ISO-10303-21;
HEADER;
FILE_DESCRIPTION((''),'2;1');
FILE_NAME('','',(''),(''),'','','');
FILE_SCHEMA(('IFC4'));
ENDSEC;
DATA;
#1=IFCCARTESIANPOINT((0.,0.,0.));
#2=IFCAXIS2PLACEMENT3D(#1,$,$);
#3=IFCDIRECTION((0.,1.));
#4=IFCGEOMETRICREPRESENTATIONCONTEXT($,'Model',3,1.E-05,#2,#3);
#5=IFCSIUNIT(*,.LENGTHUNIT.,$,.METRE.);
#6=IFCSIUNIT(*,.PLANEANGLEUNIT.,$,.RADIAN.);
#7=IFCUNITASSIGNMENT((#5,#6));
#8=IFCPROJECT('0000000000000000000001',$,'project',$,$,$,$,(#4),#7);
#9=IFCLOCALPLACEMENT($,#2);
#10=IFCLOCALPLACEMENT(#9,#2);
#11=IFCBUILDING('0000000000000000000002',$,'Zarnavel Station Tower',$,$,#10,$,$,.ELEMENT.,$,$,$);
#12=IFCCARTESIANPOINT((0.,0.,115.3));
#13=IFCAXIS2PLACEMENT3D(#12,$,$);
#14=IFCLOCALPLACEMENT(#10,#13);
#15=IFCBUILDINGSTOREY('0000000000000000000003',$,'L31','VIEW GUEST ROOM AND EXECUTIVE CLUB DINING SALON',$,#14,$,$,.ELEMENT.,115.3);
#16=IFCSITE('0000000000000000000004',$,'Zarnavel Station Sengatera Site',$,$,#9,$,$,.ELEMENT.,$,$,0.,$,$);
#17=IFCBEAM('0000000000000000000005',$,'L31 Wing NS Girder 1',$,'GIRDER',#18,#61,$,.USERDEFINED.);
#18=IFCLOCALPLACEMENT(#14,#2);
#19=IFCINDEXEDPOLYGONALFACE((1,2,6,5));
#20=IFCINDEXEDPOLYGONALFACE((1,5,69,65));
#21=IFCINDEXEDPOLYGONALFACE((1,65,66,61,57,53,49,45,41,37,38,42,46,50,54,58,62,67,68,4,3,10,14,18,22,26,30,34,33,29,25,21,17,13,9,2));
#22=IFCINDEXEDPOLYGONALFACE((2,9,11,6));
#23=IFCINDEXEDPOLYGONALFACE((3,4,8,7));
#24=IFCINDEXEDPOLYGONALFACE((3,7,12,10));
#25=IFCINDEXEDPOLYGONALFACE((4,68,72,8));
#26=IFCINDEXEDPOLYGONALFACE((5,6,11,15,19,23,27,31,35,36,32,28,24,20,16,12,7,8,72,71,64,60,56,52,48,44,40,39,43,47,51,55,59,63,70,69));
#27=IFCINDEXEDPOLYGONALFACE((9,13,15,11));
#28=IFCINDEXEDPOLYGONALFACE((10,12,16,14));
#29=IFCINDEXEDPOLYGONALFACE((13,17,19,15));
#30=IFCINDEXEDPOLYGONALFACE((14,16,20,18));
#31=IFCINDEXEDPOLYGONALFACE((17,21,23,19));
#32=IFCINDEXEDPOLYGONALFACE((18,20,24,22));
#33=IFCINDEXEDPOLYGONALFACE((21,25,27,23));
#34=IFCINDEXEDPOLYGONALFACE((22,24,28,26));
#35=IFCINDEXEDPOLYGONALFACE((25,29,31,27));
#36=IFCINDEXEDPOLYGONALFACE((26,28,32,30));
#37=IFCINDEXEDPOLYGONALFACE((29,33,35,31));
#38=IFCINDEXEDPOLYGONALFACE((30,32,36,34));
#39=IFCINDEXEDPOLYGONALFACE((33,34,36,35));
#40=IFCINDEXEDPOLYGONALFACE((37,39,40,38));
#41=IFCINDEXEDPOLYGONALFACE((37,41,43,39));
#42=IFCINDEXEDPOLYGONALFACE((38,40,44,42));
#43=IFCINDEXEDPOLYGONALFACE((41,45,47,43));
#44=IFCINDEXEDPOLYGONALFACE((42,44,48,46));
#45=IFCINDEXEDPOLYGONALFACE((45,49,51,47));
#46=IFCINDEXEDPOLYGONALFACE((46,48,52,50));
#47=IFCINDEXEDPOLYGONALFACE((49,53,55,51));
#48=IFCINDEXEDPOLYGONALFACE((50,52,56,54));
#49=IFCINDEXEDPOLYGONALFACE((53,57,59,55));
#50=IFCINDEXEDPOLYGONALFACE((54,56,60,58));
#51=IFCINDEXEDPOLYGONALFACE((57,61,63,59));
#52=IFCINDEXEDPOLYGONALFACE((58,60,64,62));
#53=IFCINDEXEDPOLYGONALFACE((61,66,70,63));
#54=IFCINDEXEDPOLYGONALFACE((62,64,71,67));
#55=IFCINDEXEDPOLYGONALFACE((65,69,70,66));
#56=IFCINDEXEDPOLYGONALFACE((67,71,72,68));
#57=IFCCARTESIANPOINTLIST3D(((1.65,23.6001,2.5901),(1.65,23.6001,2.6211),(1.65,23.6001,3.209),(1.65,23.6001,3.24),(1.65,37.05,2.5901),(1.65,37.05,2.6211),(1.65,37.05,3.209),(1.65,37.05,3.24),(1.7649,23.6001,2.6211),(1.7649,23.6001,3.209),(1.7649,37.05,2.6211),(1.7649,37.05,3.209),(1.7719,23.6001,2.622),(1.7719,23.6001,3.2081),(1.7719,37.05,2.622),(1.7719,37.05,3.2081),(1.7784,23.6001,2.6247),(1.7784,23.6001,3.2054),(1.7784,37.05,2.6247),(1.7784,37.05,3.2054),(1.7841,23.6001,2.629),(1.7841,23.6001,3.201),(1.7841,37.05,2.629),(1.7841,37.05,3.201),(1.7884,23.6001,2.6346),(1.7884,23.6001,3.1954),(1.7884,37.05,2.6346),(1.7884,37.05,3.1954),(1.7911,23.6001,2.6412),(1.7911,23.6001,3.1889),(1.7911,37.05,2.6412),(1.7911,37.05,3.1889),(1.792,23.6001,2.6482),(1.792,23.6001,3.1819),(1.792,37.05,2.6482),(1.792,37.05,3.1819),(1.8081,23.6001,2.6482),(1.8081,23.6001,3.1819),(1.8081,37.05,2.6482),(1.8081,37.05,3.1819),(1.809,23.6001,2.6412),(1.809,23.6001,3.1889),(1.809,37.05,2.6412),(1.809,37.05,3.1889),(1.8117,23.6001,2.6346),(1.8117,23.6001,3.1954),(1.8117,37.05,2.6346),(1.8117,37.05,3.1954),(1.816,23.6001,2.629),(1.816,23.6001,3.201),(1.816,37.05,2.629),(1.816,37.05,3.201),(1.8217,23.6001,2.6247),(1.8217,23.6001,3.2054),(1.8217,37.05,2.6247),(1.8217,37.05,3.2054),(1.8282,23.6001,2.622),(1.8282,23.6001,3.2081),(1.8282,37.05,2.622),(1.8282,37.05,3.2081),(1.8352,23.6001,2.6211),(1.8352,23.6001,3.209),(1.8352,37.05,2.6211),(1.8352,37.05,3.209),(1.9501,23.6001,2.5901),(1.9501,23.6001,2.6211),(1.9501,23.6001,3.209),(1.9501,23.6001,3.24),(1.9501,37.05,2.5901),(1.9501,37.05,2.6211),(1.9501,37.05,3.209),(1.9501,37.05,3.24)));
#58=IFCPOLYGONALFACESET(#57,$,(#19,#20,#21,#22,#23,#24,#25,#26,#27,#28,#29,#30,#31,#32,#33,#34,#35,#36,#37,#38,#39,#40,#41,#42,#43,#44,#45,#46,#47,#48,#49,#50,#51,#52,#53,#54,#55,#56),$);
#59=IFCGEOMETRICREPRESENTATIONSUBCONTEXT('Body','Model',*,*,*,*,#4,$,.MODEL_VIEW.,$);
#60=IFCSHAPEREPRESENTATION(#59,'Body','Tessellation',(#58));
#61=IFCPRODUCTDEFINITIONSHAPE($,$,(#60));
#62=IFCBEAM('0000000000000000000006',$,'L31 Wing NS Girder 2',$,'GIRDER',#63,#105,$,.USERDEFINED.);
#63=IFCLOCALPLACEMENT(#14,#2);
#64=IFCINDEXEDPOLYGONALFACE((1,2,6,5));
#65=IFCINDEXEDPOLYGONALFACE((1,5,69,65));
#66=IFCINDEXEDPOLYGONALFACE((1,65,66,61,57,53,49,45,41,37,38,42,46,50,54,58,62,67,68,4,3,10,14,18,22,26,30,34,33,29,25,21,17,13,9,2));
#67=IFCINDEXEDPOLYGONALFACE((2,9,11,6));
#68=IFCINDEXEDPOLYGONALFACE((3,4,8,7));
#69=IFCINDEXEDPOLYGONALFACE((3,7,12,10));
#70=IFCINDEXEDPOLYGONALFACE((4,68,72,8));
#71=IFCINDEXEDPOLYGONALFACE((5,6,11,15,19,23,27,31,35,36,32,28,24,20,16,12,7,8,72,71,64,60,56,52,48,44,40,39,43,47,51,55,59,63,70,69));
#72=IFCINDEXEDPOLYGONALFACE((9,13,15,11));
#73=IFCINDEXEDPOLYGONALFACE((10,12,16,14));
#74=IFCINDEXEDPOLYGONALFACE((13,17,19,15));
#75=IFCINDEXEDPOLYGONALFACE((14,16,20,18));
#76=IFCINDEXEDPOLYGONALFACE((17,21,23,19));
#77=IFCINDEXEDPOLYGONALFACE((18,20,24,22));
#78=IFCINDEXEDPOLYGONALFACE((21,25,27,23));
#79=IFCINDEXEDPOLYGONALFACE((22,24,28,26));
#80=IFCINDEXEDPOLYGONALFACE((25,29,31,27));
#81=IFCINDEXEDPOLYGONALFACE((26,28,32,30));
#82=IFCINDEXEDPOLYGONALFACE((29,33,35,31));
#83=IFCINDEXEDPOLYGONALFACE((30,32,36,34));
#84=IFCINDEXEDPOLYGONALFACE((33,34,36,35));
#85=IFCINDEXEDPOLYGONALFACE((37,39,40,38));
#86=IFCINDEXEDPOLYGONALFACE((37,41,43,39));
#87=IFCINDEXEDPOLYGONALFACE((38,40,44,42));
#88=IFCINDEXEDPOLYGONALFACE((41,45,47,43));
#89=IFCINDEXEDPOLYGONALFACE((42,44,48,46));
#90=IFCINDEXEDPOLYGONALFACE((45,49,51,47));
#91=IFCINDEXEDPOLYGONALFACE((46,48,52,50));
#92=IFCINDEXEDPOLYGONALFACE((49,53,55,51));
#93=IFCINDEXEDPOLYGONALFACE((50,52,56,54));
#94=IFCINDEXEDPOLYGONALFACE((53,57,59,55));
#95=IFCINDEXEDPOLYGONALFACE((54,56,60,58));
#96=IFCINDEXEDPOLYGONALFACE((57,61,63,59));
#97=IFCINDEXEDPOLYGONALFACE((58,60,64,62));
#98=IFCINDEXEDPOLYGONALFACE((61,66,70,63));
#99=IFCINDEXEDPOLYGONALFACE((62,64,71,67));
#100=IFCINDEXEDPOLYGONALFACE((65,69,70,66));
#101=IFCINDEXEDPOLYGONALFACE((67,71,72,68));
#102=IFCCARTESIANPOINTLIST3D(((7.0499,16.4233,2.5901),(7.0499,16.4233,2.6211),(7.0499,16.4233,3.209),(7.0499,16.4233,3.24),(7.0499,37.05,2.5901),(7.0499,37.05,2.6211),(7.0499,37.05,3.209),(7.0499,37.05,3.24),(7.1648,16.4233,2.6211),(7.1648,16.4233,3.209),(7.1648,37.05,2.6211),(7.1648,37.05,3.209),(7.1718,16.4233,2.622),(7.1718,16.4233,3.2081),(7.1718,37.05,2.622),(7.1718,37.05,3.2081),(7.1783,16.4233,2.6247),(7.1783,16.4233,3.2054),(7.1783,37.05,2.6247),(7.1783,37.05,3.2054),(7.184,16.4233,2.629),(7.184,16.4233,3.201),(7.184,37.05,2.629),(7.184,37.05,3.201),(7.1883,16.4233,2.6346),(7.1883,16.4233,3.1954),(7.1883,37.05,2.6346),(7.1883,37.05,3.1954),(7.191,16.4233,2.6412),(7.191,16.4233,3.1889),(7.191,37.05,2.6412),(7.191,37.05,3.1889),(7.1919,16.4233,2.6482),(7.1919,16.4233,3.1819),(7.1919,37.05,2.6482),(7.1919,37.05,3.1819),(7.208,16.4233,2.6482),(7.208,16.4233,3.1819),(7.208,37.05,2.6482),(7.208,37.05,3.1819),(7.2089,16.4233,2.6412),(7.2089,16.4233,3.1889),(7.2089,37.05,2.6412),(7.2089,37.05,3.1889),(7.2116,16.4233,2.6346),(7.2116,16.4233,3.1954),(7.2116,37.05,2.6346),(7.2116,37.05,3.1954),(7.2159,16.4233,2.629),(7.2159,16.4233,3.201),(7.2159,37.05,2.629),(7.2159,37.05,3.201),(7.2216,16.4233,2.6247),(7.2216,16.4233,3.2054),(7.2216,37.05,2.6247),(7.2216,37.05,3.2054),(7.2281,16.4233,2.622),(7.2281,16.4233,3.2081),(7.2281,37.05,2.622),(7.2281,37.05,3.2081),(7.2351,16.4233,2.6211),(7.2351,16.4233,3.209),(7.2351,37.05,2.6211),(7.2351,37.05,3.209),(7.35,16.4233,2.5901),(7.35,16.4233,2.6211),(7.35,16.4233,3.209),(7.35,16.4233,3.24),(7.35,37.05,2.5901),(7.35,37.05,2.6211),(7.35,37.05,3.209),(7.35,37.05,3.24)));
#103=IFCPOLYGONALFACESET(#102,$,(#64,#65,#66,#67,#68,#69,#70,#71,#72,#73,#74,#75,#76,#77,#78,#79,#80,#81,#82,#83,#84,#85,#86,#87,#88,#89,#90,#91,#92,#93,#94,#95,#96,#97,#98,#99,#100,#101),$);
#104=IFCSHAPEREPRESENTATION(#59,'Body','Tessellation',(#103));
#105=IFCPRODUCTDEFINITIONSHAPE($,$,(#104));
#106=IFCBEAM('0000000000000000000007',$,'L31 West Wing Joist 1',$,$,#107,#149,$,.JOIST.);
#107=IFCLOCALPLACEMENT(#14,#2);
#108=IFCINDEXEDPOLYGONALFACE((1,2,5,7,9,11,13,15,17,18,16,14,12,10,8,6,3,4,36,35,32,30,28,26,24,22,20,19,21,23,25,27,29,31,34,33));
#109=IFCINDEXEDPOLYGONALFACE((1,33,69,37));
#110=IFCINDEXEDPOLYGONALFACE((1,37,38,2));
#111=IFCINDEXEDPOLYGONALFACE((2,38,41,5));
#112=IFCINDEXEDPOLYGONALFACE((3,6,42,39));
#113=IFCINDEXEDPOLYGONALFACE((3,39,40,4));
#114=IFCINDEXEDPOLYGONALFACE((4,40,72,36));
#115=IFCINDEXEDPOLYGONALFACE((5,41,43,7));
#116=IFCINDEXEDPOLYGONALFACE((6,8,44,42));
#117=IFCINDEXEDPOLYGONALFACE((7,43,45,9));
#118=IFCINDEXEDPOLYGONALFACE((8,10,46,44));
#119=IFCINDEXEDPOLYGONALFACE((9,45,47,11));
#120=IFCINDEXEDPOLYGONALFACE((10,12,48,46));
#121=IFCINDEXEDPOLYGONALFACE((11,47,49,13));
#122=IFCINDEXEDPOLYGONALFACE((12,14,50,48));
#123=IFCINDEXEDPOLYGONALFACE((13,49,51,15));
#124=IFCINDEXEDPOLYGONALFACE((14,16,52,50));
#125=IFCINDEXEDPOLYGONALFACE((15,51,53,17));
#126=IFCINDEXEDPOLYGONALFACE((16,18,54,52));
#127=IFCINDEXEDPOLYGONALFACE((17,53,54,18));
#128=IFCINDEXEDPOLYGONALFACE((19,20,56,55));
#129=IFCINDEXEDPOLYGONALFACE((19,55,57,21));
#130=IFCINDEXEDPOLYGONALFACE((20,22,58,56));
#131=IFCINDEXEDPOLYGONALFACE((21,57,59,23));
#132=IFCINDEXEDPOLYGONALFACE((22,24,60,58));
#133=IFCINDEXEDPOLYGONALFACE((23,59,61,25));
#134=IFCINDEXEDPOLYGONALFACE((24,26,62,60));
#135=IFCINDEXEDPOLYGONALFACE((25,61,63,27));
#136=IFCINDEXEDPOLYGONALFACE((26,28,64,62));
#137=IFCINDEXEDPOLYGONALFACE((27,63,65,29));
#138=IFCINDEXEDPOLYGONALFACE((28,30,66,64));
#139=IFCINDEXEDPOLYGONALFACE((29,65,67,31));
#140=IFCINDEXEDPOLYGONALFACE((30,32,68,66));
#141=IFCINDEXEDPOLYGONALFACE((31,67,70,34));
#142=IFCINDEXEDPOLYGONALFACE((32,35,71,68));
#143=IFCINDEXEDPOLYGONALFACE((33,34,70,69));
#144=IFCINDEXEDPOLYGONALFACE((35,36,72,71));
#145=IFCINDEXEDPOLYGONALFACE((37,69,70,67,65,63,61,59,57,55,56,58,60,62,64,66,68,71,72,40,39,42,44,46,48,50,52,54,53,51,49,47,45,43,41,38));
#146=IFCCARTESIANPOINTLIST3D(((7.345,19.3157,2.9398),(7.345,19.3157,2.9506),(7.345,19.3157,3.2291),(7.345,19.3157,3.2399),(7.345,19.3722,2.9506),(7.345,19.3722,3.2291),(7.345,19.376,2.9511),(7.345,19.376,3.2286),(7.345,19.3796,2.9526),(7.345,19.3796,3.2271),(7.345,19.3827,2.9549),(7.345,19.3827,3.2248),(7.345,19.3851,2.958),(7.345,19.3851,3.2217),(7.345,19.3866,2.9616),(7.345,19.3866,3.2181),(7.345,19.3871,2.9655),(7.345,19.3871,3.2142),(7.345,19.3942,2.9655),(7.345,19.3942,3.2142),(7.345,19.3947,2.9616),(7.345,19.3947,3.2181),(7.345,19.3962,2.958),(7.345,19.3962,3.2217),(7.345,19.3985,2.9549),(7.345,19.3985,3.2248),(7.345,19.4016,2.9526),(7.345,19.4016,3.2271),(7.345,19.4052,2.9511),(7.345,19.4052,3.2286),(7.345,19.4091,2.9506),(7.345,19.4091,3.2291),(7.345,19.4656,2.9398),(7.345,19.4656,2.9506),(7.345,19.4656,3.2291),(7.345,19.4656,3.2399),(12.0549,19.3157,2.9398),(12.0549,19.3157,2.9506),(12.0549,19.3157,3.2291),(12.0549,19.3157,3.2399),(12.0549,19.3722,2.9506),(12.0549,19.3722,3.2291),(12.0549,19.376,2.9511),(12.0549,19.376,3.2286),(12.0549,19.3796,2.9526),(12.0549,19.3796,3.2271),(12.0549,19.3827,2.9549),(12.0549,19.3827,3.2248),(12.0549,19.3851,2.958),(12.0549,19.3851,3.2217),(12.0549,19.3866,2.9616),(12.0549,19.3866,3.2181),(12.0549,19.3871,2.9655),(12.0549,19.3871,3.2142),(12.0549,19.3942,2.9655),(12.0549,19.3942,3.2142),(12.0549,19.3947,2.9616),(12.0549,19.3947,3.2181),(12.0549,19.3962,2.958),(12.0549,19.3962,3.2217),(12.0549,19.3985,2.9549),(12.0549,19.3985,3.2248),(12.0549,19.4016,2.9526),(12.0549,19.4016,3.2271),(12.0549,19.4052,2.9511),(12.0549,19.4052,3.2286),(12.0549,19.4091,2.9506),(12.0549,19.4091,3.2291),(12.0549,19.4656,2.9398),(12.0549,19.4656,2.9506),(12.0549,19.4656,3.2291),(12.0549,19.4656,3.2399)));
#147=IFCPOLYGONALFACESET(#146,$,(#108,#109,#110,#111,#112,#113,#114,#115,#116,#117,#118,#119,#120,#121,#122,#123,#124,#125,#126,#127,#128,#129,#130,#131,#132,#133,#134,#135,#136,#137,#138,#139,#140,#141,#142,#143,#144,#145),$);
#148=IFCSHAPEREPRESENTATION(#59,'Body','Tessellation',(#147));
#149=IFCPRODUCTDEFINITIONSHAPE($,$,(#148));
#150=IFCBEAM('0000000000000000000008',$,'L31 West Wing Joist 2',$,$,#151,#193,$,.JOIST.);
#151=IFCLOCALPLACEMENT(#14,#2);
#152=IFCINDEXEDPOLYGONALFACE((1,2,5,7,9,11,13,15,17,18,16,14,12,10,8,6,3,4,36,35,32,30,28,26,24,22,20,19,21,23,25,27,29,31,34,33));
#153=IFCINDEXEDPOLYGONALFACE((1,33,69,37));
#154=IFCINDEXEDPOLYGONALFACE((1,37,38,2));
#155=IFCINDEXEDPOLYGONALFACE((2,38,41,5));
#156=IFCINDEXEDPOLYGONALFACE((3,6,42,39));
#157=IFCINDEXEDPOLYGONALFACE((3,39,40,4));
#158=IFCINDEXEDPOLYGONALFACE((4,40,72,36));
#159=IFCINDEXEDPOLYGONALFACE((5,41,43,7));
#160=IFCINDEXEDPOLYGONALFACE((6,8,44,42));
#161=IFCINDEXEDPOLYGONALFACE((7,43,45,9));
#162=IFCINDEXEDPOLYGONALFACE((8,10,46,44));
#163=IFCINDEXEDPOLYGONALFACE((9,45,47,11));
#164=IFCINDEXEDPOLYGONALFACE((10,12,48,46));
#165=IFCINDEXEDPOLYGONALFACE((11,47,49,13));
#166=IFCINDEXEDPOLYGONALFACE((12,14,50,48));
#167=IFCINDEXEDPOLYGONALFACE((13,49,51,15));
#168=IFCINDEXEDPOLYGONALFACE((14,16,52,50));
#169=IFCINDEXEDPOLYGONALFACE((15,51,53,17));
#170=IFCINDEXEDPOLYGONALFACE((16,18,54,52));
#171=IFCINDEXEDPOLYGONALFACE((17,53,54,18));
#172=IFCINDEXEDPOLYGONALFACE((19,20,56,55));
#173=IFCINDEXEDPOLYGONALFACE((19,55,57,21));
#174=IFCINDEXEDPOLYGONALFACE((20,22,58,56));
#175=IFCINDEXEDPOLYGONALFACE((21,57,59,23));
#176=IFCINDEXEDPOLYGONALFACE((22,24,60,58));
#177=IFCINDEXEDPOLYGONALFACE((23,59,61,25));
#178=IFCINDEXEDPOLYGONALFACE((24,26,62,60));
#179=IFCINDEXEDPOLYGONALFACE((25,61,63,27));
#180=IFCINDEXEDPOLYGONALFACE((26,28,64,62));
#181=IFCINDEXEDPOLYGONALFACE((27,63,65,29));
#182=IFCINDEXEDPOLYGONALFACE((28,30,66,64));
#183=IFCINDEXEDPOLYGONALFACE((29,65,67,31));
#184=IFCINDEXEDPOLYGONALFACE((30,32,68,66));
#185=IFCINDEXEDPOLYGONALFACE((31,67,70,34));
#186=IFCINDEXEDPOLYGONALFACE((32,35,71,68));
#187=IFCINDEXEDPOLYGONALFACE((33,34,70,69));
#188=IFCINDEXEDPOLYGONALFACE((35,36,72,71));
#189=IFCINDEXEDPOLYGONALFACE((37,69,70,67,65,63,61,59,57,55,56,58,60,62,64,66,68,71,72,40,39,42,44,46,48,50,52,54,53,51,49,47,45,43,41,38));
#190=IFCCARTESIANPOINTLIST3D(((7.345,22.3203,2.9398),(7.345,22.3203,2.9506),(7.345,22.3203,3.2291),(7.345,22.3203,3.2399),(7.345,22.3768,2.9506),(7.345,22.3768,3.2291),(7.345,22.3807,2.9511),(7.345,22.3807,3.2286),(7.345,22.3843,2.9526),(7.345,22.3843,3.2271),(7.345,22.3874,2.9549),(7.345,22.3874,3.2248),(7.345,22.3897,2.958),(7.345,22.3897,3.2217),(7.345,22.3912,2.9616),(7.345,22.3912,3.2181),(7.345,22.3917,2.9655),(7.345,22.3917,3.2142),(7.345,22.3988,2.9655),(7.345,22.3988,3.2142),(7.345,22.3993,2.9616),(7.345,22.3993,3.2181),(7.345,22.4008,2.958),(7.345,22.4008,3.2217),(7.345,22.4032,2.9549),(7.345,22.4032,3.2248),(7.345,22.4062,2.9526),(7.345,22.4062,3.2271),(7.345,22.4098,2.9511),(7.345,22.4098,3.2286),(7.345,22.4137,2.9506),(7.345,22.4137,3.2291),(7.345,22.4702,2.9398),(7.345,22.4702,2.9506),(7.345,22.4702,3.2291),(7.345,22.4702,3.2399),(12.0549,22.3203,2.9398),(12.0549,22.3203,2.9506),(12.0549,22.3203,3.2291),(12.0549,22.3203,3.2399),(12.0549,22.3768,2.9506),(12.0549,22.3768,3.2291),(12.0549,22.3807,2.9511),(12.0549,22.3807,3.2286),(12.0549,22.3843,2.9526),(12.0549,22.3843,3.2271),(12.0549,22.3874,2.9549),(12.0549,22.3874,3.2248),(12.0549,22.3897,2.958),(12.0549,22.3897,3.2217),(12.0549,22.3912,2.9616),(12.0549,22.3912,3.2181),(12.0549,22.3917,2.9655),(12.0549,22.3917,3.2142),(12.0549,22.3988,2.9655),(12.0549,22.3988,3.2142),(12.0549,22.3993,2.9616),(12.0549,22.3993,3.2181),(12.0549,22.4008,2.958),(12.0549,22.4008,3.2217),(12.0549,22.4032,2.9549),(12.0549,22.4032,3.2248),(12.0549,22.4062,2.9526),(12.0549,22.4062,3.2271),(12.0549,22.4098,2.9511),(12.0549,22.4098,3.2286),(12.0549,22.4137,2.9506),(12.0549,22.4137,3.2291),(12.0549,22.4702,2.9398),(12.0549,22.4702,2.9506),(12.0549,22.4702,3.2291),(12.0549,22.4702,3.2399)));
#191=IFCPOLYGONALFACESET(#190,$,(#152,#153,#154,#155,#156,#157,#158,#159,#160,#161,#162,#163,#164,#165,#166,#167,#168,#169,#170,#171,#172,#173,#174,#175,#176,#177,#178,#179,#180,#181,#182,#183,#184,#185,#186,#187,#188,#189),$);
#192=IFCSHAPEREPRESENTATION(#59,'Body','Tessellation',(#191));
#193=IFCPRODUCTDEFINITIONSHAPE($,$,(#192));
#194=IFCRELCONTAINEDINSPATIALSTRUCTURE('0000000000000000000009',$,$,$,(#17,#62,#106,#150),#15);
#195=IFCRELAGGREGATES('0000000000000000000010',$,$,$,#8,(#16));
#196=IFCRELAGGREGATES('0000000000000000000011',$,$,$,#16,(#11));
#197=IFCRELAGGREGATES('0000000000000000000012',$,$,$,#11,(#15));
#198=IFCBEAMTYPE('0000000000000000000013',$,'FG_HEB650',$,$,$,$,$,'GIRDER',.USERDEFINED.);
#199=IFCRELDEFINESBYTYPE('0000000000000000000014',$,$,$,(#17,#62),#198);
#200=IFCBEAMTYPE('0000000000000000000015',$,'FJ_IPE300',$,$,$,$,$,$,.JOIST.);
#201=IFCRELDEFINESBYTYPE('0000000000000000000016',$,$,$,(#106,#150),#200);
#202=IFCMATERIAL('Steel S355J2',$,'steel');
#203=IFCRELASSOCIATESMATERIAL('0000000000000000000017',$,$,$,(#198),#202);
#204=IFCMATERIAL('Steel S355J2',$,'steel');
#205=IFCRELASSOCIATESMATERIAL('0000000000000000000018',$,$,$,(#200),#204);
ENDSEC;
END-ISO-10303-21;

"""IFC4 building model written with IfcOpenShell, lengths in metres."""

from ifc_helpers import new_model, si_unit, direction, frame, origin, origin_2d, place, context, subcontext, project, spatial, i_section, extrude, material, material_profile, profile_set, type_object, element, save


model = new_model("IFC4")

# Units and contexts
model_context = context("Model", 3, precision=1e-05, world=origin(), true_north=direction((0.0, 1.0)))
body_context = subcontext(model_context, "Body", "Model", "MODEL_VIEW")
ifc_project = project(units=[si_unit("LENGTHUNIT", "METRE"), si_unit("PLANEANGLEUNIT", "RADIAN")], contexts=[model_context])

# Site, building, storey
site_placement = place(None, origin())
site = spatial("IfcSite", under=ifc_project, at=site_placement, Name="Zarnavel Station Sengatera Site", CompositionType="ELEMENT", RefElevation=0.0)
building_placement = place(site_placement, origin())
building = spatial("IfcBuilding", under=site, at=building_placement, Name="Zarnavel Station Tower", CompositionType="ELEMENT")
storey_placement = place(building_placement, frame((0.0, 0.0, 115.3)))
storey = spatial("IfcBuildingStorey", under=building, at=storey_placement, Name="L31", Description="VIEW GUEST ROOM AND EXECUTIVE CLUB DINING SALON", CompositionType="ELEMENT", Elevation=115.3)

# Beams
ifc_material_1 = material(Name="Steel S355J2", Category="steel")
ifc_material_profile_1 = material_profile(ifc_material_1, i_section(OverallWidth=0.3, OverallDepth=0.6499, WebThickness=0.0161, FlangeThickness=0.031, FilletRadius=0.0271, at=origin_2d()), Name="HEB650")
ifc_profile_set_1 = profile_set([ifc_material_profile_1], Name="Steel S355J2")
beam_type_1 = type_object("IfcBeamType", Name="FG_HEB650", ElementType="GIRDER", PredefinedType="USERDEFINED", material=ifc_profile_set_1)
beam_1_placement = place(storey_placement, frame((1.8, 23.6001, 2.915), z_axis=(0.0, 1.0, 0.0), x_axis=(-1.0, 0.0, 0.0)))
element("IfcBeam", 1, at=beam_1_placement, inside=storey, type_object=beam_type_1, Name="L31 Wing NS Girder 1", ObjectType="GIRDER", PredefinedType="USERDEFINED", context=body_context, shape_type="SweptSolid", body=[
    extrude(i_section(OverallWidth=0.3, OverallDepth=0.6499, WebThickness=0.0161, FlangeThickness=0.031, FilletRadius=0.0271, at=origin_2d()), origin(), (0.0, 0.0, 1.0), 13.45),
])
beam_2_placement = place(storey_placement, frame((7.2, 16.4233, 2.915), z_axis=(0.0, 1.0, 0.0), x_axis=(-1.0, 0.0, 0.0)))
element("IfcBeam", 2, at=beam_2_placement, inside=storey, type_object=beam_type_1, Name="L31 Wing NS Girder 2", ObjectType="GIRDER", PredefinedType="USERDEFINED", context=body_context, shape_type="SweptSolid", body=[
    extrude(i_section(OverallWidth=0.3, OverallDepth=0.6499, WebThickness=0.0161, FlangeThickness=0.031, FilletRadius=0.0271, at=origin_2d()), origin(), (0.0, 0.0, 1.0), 20.6267),
])
ifc_material_2 = material(Name="Steel S355J2", Category="steel")
ifc_material_profile_2 = material_profile(ifc_material_2, i_section(OverallWidth=0.1499, OverallDepth=0.3, WebThickness=0.0071, FlangeThickness=0.0107, FilletRadius=0.0149, at=origin_2d()), Name="IPE300")
ifc_profile_set_2 = profile_set([ifc_material_profile_2], Name="Steel S355J2")
beam_type_2 = type_object("IfcBeamType", Name="FJ_IPE300", PredefinedType="JOIST", material=ifc_profile_set_2)
for number, where, z_axis, x_axis, name in (
    (3, (7.345, 19.3906, 3.0898), (1.0, 0.0, 0.0), (0.0, 1.0, 0.0), "L31 West Wing Joist 1"),
    (4, (7.345, 22.3953, 3.0898), (1.0, 0.0, 0.0), (0.0, 1.0, 0.0), "L31 West Wing Joist 2"),
):
    element("IfcBeam", number, at=place(storey_placement, frame(where, z_axis=z_axis, x_axis=x_axis)), inside=storey, type_object=beam_type_2, Name=name, PredefinedType="JOIST", context=body_context, shape_type="SweptSolid", body=[
        extrude(i_section(OverallWidth=0.1499, OverallDepth=0.3, WebThickness=0.0071, FlangeThickness=0.0107, FilletRadius=0.0149, at=origin_2d()), origin(), (0.0, 0.0, 1.0), 4.71),
    ])

save(model, "model.ifc")
